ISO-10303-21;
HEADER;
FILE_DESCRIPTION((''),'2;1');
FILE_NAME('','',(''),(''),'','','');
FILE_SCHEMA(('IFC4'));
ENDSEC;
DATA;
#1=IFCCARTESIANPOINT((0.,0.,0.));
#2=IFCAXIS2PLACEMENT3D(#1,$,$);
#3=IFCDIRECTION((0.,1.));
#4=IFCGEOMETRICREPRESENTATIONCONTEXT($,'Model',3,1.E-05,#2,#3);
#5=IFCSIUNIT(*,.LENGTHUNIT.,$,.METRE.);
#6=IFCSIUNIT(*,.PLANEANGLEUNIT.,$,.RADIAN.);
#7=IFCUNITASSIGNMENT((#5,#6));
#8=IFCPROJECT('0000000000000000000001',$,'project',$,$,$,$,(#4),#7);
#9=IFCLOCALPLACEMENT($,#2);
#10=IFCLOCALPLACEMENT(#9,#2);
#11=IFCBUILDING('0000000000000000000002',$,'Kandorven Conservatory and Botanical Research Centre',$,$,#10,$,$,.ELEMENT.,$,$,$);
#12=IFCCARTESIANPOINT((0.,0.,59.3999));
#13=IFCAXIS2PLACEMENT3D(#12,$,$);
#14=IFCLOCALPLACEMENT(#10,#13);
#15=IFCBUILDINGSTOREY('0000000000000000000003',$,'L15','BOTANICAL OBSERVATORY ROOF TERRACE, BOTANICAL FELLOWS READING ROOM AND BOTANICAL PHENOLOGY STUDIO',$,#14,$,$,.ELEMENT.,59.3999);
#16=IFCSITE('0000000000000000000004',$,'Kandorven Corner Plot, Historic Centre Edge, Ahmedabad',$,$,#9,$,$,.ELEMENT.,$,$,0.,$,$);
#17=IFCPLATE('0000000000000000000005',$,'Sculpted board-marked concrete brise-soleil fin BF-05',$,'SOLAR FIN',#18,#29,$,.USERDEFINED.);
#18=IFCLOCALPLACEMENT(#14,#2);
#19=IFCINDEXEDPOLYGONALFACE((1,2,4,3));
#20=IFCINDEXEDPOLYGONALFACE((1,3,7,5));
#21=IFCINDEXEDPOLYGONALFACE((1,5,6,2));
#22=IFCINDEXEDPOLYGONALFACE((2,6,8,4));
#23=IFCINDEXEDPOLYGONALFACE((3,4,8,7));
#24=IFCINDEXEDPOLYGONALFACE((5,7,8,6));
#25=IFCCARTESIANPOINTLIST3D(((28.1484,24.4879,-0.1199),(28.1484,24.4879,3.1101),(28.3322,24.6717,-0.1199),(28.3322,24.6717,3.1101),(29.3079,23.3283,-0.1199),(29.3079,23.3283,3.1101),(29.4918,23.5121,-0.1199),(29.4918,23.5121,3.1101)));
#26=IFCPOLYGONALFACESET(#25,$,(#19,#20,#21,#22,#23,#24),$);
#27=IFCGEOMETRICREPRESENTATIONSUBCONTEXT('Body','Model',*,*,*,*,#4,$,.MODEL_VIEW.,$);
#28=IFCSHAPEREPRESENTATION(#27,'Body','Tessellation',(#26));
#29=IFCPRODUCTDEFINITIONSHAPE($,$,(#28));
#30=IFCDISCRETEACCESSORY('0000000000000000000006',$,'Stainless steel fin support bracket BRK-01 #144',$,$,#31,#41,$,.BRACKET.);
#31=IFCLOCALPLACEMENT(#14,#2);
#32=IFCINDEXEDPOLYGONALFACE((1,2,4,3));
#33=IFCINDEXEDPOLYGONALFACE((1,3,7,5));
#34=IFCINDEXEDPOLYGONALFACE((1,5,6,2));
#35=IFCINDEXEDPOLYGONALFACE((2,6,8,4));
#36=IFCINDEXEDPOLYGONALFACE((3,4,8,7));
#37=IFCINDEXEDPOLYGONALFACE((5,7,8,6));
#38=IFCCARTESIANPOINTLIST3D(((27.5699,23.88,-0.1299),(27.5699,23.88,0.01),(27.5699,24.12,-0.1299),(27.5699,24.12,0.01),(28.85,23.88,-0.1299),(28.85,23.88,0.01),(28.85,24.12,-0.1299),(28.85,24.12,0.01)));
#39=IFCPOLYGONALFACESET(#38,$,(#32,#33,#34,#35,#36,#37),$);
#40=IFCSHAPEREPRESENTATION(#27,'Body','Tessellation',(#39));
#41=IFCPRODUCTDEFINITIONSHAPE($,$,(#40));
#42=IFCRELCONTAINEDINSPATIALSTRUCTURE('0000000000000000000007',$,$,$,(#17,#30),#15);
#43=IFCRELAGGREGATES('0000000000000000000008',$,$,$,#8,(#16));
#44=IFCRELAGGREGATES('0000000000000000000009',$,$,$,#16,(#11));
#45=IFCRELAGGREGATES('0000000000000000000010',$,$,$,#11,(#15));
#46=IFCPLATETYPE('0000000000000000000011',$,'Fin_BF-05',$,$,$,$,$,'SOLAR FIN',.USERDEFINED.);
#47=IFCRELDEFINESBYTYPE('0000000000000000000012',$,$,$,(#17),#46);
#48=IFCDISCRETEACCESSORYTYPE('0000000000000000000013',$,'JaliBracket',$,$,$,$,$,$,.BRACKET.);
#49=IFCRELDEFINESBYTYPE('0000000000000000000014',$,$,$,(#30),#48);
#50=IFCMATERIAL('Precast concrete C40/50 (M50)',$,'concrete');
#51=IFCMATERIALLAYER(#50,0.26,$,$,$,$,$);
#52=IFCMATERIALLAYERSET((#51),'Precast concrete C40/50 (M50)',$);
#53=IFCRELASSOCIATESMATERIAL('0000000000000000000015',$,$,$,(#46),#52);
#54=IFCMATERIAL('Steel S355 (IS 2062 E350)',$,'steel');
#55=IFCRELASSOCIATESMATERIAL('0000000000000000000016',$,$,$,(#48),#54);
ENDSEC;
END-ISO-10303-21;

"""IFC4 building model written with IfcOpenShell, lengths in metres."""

from ifc_helpers import new_model, si_unit, direction, frame, origin, origin_2d, place, context, subcontext, project, spatial, rectangle, extrude, material, layer, layer_set, type_object, element, save


model = new_model("IFC4")

# Units and contexts
model_context = context("Model", 3, precision=1e-05, world=origin(), true_north=direction((0.0, 1.0)))
body_context = subcontext(model_context, "Body", "Model", "MODEL_VIEW")
ifc_project = project(units=[si_unit("LENGTHUNIT", "METRE"), si_unit("PLANEANGLEUNIT", "RADIAN")], contexts=[model_context])

# Site, building, storey
site_placement = place(None, origin())
site = spatial("IfcSite", under=ifc_project, at=site_placement, Name="Kandorven Corner Plot, Historic Centre Edge, Ahmedabad", CompositionType="ELEMENT", RefElevation=0.0)
building_placement = place(site_placement, origin())
building = spatial("IfcBuilding", under=site, at=building_placement, Name="Kandorven Conservatory and Botanical Research Centre", CompositionType="ELEMENT")
storey_placement = place(building_placement, frame((0.0, 0.0, 59.3999)))
storey = spatial("IfcBuildingStorey", under=building, at=storey_placement, Name="L15", Description="BOTANICAL OBSERVATORY ROOF TERRACE, BOTANICAL FELLOWS READING ROOM AND BOTANICAL PHENOLOGY STUDIO", CompositionType="ELEMENT", Elevation=59.3999)

# Plate
ifc_material_1 = material(Name="Precast concrete C40/50 (M50)", Category="concrete")
ifc_layer_1 = layer(ifc_material_1, 0.26)
ifc_layer_set_1 = layer_set([ifc_layer_1], Name="Precast concrete C40/50 (M50)")
plate_type_1 = type_object("IfcPlateType", Name="Fin_BF-05", ElementType="SOLAR FIN", PredefinedType="USERDEFINED", material=ifc_layer_set_1)
plate_1_placement = place(storey_placement, frame((28.8201, 24.0, -0.1199), z_axis=(0.0, 0.0, 1.0), x_axis=(-0.707107, 0.707107, 0.0)))
element("IfcPlate", 1, at=plate_1_placement, inside=storey, type_object=plate_type_1, Name="Sculpted board-marked concrete brise-soleil fin BF-05", ObjectType="SOLAR FIN", PredefinedType="USERDEFINED", context=body_context, shape_type="SweptSolid", body=[
    extrude(rectangle(XDim=1.6399, YDim=0.26, at=origin_2d()), origin(), (0.0, 0.0, 1.0), 3.23),
])

# Discrete accessory
ifc_material_2 = material(Name="Steel S355 (IS 2062 E350)", Category="steel")
discrete_accessory_type = type_object("IfcDiscreteAccessoryType", Name="JaliBracket", PredefinedType="BRACKET", material=ifc_material_2)
discrete_accessory_placement = place(storey_placement, frame((28.21, 24.0, -0.1299), z_axis=(0.0, 0.0, 1.0), x_axis=(1.0, 0.0, 0.0)))
element("IfcDiscreteAccessory", 2, at=discrete_accessory_placement, inside=storey, type_object=discrete_accessory_type, Name="Stainless steel fin support bracket BRK-01 #144", PredefinedType="BRACKET", context=body_context, shape_type="SweptSolid", body=[
    extrude(rectangle(XDim=1.28, YDim=0.24, at=origin_2d()), origin(), (0.0, 0.0, 1.0), 0.1399),
])

save(model, "model.ifc")
